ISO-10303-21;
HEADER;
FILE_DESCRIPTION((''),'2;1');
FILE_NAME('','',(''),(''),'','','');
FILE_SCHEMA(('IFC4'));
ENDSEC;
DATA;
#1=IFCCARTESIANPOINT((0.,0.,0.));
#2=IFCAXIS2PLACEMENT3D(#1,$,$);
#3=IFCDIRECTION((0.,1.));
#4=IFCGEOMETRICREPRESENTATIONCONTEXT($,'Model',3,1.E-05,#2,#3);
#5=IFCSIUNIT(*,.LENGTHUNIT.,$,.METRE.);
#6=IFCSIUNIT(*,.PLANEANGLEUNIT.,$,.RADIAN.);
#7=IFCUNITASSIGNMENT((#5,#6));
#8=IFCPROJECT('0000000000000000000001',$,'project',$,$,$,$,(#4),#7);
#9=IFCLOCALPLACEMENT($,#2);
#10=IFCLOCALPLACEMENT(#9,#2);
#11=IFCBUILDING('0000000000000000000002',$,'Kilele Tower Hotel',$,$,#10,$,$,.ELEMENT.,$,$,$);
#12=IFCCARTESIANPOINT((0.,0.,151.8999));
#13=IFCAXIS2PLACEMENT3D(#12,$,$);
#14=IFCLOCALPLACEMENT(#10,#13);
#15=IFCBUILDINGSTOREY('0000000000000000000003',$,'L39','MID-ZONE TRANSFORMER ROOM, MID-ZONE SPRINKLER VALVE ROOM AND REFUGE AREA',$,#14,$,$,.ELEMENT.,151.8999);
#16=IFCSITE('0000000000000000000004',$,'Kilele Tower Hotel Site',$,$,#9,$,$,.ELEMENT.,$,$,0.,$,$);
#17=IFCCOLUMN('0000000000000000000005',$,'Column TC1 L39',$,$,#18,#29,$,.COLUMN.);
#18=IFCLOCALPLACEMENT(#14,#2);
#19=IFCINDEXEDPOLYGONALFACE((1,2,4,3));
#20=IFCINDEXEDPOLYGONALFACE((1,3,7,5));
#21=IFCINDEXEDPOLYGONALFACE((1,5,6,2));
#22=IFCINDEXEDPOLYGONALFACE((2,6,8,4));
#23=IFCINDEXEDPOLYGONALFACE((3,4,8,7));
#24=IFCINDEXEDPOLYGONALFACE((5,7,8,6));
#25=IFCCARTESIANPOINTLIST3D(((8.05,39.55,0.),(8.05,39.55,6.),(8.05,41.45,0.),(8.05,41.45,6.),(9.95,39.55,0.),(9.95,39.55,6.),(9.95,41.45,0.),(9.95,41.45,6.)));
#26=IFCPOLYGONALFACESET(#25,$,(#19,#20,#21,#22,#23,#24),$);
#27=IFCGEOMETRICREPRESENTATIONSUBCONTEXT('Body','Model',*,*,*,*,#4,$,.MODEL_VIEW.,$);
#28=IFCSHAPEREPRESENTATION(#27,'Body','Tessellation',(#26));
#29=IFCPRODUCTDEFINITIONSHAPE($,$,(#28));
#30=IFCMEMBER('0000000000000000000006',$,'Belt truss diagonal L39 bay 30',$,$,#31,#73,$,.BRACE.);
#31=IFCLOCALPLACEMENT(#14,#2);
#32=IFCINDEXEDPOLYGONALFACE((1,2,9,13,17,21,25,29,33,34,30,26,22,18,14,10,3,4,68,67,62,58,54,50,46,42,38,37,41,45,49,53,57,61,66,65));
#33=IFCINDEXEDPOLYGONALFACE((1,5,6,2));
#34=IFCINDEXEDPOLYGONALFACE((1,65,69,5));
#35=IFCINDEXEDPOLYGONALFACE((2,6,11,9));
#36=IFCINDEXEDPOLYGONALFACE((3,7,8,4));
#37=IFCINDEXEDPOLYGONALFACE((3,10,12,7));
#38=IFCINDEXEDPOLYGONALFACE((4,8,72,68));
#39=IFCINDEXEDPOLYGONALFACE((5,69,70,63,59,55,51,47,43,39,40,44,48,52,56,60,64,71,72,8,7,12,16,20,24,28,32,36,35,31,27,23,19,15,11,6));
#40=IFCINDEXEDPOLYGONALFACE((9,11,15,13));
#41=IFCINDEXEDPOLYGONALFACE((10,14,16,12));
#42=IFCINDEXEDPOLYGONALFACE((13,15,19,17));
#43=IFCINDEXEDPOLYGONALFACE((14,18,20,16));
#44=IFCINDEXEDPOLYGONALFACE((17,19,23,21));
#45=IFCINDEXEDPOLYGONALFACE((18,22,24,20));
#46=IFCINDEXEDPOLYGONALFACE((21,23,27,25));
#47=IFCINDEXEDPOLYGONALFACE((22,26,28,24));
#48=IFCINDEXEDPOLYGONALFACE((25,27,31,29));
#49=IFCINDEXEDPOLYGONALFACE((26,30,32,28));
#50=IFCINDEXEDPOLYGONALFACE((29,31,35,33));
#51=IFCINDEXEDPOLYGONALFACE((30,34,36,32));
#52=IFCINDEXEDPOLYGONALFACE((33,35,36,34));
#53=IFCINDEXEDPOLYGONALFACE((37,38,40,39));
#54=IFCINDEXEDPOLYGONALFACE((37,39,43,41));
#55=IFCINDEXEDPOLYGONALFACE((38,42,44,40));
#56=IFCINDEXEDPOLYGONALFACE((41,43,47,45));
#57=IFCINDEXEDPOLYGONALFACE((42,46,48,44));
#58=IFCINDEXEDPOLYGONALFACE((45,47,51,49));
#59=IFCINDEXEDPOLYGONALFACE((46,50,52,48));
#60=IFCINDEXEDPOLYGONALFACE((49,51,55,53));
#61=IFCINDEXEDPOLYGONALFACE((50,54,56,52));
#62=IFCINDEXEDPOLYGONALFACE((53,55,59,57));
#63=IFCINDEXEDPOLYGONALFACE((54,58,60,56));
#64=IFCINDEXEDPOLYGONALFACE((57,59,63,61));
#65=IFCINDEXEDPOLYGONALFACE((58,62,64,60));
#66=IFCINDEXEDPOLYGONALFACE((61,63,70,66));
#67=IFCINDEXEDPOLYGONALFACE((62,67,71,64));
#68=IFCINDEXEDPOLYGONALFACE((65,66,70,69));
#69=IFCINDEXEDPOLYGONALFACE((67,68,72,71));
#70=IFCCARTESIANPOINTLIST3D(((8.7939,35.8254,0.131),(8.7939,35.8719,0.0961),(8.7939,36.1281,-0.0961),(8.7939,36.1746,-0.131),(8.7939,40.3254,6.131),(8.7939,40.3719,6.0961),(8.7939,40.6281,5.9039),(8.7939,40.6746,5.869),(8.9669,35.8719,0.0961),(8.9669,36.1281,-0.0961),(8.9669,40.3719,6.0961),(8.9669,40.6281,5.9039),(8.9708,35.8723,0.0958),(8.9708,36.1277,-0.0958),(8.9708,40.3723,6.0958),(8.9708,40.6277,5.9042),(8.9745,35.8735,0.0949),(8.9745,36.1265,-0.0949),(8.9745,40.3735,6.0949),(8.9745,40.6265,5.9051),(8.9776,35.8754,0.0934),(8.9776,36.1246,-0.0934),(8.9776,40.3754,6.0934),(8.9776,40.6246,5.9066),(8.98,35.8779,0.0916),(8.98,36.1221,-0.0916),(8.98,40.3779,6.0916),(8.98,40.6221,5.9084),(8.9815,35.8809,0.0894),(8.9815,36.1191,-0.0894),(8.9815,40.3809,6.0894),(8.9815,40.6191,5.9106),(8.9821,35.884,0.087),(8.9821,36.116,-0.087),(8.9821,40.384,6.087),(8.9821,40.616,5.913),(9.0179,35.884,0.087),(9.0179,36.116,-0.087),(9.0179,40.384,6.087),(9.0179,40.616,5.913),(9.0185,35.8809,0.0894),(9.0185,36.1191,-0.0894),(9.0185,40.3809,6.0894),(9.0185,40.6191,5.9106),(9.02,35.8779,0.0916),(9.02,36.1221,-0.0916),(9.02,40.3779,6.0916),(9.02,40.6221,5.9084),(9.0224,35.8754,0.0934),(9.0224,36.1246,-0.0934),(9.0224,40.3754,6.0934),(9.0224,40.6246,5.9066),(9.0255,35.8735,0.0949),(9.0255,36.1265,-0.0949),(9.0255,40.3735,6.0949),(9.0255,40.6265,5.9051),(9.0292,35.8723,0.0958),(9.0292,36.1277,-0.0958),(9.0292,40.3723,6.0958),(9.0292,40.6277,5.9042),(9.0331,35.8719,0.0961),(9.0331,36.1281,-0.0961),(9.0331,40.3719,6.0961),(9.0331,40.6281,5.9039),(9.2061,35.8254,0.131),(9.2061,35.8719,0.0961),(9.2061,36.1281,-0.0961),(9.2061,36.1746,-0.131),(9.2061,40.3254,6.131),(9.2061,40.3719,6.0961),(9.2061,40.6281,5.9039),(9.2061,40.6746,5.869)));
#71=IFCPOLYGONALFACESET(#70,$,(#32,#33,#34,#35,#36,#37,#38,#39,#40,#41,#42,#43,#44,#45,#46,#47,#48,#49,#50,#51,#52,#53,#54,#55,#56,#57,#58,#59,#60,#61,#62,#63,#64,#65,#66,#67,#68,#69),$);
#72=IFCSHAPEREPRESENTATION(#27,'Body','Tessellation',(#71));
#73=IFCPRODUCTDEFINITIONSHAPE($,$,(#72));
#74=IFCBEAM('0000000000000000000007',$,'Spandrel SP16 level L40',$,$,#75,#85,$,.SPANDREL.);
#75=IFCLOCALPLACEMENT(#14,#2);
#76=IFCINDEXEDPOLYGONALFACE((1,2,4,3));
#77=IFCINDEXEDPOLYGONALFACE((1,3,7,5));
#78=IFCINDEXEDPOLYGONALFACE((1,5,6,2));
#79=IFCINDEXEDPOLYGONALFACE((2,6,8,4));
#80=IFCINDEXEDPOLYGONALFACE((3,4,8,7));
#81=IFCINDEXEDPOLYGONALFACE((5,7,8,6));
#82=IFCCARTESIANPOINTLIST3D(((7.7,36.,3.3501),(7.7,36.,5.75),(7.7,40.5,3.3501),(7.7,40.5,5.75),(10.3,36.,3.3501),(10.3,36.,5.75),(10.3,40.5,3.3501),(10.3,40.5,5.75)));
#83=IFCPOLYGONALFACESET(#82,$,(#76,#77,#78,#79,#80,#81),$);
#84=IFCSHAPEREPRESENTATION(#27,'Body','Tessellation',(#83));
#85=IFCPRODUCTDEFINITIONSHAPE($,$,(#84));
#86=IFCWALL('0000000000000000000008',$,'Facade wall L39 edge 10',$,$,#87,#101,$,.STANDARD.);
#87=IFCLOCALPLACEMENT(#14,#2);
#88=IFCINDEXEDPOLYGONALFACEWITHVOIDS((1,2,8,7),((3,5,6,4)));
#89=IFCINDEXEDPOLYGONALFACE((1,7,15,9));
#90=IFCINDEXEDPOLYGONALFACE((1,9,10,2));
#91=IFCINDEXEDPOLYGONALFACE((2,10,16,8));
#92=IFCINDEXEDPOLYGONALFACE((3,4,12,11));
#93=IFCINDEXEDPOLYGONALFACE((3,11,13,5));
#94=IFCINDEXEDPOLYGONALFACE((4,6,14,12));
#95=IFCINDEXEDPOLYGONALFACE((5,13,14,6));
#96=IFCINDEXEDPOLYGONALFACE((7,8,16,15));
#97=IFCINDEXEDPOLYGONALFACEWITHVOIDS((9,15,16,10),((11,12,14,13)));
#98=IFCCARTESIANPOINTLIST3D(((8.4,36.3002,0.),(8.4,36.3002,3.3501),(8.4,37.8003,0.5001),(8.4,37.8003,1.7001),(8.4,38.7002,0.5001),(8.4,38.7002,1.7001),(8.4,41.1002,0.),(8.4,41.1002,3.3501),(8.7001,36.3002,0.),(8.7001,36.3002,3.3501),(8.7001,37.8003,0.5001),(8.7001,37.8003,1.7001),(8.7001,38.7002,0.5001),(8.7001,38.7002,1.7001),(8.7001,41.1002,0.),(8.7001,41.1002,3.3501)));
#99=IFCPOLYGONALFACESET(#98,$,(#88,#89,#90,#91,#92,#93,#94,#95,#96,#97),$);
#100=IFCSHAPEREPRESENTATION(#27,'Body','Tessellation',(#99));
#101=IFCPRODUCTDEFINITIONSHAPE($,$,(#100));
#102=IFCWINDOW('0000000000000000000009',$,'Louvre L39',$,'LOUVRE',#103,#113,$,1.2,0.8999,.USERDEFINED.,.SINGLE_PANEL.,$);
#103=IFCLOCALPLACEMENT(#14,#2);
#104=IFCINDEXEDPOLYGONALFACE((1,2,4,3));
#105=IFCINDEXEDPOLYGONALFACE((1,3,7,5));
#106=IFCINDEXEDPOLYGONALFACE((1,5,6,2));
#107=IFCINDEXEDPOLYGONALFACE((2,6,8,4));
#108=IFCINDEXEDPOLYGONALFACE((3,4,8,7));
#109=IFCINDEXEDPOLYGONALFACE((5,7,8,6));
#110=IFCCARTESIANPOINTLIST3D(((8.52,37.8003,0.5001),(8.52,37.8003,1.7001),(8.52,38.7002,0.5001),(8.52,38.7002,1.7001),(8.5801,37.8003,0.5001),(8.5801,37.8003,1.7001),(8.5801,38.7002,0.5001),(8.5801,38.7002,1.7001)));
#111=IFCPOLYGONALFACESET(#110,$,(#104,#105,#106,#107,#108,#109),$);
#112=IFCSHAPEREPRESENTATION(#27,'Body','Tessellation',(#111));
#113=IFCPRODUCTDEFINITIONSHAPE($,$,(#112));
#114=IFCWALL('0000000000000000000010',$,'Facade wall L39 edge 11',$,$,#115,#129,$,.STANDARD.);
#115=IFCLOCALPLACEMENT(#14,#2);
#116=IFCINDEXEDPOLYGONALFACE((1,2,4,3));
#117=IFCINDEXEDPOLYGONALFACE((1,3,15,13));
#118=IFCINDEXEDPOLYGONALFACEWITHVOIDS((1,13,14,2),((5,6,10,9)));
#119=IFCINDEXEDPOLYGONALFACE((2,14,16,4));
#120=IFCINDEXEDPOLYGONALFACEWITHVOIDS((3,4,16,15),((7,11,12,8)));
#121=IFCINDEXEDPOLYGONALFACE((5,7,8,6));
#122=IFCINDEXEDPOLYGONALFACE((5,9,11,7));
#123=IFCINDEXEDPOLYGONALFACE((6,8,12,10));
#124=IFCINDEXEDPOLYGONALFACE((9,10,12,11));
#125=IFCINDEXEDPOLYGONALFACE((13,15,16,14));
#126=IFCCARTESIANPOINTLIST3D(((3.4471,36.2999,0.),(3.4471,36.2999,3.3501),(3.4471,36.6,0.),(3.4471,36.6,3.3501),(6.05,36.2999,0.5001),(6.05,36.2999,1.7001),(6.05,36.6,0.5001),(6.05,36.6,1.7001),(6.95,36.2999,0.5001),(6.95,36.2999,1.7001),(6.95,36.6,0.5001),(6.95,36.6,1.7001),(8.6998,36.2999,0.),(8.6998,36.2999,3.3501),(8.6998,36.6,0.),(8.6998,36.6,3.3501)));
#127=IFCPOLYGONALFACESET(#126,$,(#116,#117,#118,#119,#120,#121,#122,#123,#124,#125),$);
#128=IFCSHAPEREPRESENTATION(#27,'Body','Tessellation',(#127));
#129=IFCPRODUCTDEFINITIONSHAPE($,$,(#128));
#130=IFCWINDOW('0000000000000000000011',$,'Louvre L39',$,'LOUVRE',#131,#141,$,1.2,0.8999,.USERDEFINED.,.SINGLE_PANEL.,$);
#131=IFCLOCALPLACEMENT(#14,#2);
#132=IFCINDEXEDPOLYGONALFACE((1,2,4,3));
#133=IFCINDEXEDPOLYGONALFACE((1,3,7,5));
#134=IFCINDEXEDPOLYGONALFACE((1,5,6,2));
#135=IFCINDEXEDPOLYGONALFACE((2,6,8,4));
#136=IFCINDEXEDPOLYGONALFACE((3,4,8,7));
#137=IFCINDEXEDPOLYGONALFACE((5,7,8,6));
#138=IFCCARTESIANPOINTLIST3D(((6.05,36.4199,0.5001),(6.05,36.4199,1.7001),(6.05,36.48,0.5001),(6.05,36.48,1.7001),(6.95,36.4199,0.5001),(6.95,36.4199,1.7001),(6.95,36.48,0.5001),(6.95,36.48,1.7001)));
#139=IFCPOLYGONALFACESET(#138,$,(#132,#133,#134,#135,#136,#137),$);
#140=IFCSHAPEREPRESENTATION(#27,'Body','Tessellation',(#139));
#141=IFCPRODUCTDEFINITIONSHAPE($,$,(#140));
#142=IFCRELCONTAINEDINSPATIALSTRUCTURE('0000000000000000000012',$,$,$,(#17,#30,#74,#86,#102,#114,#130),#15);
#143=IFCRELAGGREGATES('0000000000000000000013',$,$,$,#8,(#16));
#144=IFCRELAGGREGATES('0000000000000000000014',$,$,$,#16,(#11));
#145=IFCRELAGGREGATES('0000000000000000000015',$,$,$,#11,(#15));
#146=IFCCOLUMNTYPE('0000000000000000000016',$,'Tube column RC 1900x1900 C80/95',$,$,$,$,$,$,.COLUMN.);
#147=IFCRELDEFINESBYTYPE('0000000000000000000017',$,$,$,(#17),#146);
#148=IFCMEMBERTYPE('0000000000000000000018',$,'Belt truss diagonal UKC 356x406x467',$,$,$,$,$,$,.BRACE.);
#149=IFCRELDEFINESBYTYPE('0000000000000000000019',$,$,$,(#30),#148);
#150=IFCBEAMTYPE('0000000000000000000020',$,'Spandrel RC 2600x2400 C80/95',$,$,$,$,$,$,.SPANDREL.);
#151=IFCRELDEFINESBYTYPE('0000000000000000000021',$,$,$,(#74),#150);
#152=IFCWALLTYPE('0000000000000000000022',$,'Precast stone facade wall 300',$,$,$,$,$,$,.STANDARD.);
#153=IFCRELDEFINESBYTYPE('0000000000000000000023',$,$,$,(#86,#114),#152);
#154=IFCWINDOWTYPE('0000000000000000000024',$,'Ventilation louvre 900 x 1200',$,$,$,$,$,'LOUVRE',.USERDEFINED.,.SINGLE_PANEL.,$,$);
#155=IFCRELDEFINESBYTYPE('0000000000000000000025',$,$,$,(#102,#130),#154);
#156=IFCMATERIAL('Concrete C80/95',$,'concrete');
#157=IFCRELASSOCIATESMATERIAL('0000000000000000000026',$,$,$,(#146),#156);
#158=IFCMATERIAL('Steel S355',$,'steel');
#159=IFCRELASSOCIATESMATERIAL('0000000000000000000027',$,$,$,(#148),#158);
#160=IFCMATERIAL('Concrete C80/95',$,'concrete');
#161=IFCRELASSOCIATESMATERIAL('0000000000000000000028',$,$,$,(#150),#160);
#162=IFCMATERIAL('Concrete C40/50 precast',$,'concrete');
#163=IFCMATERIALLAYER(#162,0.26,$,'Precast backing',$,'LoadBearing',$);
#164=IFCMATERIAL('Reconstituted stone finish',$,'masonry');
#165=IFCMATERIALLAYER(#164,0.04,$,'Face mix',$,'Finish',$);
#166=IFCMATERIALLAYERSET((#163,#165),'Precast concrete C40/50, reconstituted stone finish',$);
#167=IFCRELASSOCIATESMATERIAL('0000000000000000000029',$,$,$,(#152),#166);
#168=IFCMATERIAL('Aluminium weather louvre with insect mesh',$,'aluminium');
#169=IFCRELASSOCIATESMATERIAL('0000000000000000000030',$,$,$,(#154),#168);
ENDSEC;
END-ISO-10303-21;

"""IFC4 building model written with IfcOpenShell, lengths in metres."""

from ifc_helpers import new_model, si_unit, direction, frame, frame_2d, origin, origin_2d, place, context, subcontext, project, spatial, rectangle, i_section, extrude, material, layer, layer_set, material_profile, profile_set, type_object, element, fill, save


model = new_model("IFC4")

# Units and contexts
model_context = context("Model", 3, precision=1e-05, world=origin(), true_north=direction((0.0, 1.0)))
body_context = subcontext(model_context, "Body", "Model", "MODEL_VIEW")
ifc_project = project(units=[si_unit("LENGTHUNIT", "METRE"), si_unit("PLANEANGLEUNIT", "RADIAN")], contexts=[model_context])

# Site, building, storey
site_placement = place(None, origin())
site = spatial("IfcSite", under=ifc_project, at=site_placement, Name="Kilele Tower Hotel Site", CompositionType="ELEMENT", RefElevation=0.0)
building_placement = place(site_placement, origin())
building = spatial("IfcBuilding", under=site, at=building_placement, Name="Kilele Tower Hotel", CompositionType="ELEMENT")
storey_placement = place(building_placement, frame((0.0, 0.0, 151.8999)))
storey = spatial("IfcBuildingStorey", under=building, at=storey_placement, Name="L39", Description="MID-ZONE TRANSFORMER ROOM, MID-ZONE SPRINKLER VALVE ROOM AND REFUGE AREA", CompositionType="ELEMENT", Elevation=151.8999)

# Column
ifc_material_1 = material(Name="Concrete C80/95", Category="concrete")
ifc_material_profile_1 = material_profile(ifc_material_1, rectangle(XDim=1.8999, YDim=1.8999, at=origin_2d()))
ifc_profile_set_1 = profile_set([ifc_material_profile_1], Name="Concrete C80/95")
column_type = type_object("IfcColumnType", Name="Tube column RC 1900x1900 C80/95", PredefinedType="COLUMN", material=ifc_profile_set_1)
column_placement = place(storey_placement, frame((9.0, 40.5, 0.0), z_axis=(0.0, 0.0, 1.0), x_axis=(1.0, 0.0, 0.0)))
element("IfcColumn", 1, at=column_placement, inside=storey, type_object=column_type, Name="Column TC1 L39", PredefinedType="COLUMN", context=body_context, shape_type="SweptSolid", body=[
    extrude(rectangle(XDim=1.8999, YDim=1.8999, at=origin_2d()), origin(), (0.0, 0.0, 1.0), 6.0),
])

# Member
ifc_material_2 = material(Name="Steel S355", Category="steel")
ifc_material_profile_2 = material_profile(ifc_material_2, i_section(OverallWidth=0.4121, OverallDepth=0.4365, WebThickness=0.0359, FlangeThickness=0.0581, FilletRadius=0.0151, at=origin_2d()))
ifc_profile_set_2 = profile_set([ifc_material_profile_2], Name="Steel S355")
member_type = type_object("IfcMemberType", Name="Belt truss diagonal UKC 356x406x467", PredefinedType="BRACE", material=ifc_profile_set_2)
member_placement = place(storey_placement, frame((9.0, 40.5, 6.0), z_axis=(0.0, -0.6, -0.8), x_axis=(1.0, 0.0, 0.0)))
element("IfcMember", 2, at=member_placement, inside=storey, type_object=member_type, Name="Belt truss diagonal L39 bay 30", PredefinedType="BRACE", context=body_context, shape_type="SweptSolid", body=[
    extrude(i_section(OverallWidth=0.4121, OverallDepth=0.4365, WebThickness=0.0359, FlangeThickness=0.0581, FilletRadius=0.0151, at=origin_2d()), origin(), (0.0, 0.0, 1.0), 7.5),
])

# Beam
ifc_material_3 = material(Name="Concrete C80/95", Category="concrete")
ifc_material_profile_3 = material_profile(ifc_material_3, rectangle(XDim=2.6001, YDim=2.3999, at=origin_2d()))
ifc_profile_set_3 = profile_set([ifc_material_profile_3], Name="Concrete C80/95")
beam_type = type_object("IfcBeamType", Name="Spandrel RC 2600x2400 C80/95", PredefinedType="SPANDREL", material=ifc_profile_set_3)
beam_placement = place(storey_placement, frame((9.0, 40.5, 4.55), z_axis=(0.0, -1.0, 0.0), x_axis=(1.0, 0.0, 0.0)))
element("IfcBeam", 3, at=beam_placement, inside=storey, type_object=beam_type, Name="Spandrel SP16 level L40", PredefinedType="SPANDREL", context=body_context, shape_type="SweptSolid", body=[
    extrude(rectangle(XDim=2.6001, YDim=2.3999, at=origin_2d()), origin(), (0.0, 0.0, 1.0), 4.5),
])

# Walls, openings, windows
ifc_material_4 = material(Name="Concrete C40/50 precast", Category="concrete")
ifc_layer_1 = layer(ifc_material_4, 0.26, Name="Precast backing", Category="LoadBearing")
ifc_material_5 = material(Name="Reconstituted stone finish", Category="masonry")
ifc_layer_2 = layer(ifc_material_5, 0.04, Name="Face mix", Category="Finish")
ifc_layer_set_1 = layer_set([ifc_layer_1, ifc_layer_2], Name="Precast concrete C40/50, reconstituted stone finish")
wall_type = type_object("IfcWallType", Name="Precast stone facade wall 300", PredefinedType="STANDARD", material=ifc_layer_set_1)
wall_1_placement = place(storey_placement, frame((8.55, 41.1001, 0.0), z_axis=(0.0, 0.0, 1.0), x_axis=(0.0, -1.0, 0.0)))
wall_1 = element("IfcWall", 4, at=wall_1_placement, inside=storey, type_object=wall_type, Name="Facade wall L39 edge 10", PredefinedType="STANDARD", context=body_context, shape_type="SweptSolid", body=[
    extrude(rectangle(XDim=4.8, YDim=0.3, at=frame_2d((2.3999, 0.0))), origin(), (0.0, 0.0, 1.0), 3.3501),
])
opening_1_placement = place(wall_1_placement, frame((2.3999, 0.0, 0.5)))
opening_1 = element("IfcOpeningElement", 5, at=opening_1_placement, cuts=wall_1, PredefinedType="OPENING", context=body_context, shape_type="SweptSolid", body=[
    extrude(rectangle(XDim=0.8999, YDim=1.2, at=frame_2d((0.45, 0.6001))), frame((0.0, 0.1599, 0.0), z_axis=(0.0, -1.0, 0.0), x_axis=(1.0, 0.0, 0.0)), (0.0, 0.0, 1.0), 0.3201),
])
ifc_material_6 = material(Name="Aluminium weather louvre with insect mesh", Category="aluminium")
window_type = type_object("IfcWindowType", Name="Ventilation louvre 900 x 1200", ElementType="LOUVRE", PartitioningType="SINGLE_PANEL", PredefinedType="USERDEFINED", material=ifc_material_6)
window_1_placement = place(opening_1_placement, origin())
window_1 = element("IfcWindow", 6, at=window_1_placement, inside=storey, type_object=window_type, Name="Louvre L39", ObjectType="LOUVRE", OverallHeight=1.2, OverallWidth=0.8999, PartitioningType="SINGLE_PANEL", PredefinedType="USERDEFINED", context=body_context, shape_type="SweptSolid", body=[
    extrude(rectangle(XDim=0.8999, YDim=1.2, at=frame_2d((0.45, 0.6001))), frame((0.0, 0.03, 0.0), z_axis=(0.0, -1.0, 0.0), x_axis=(1.0, 0.0, 0.0)), (0.0, 0.0, 1.0), 0.0601),
])
fill(opening_1, window_1)
wall_2_placement = place(storey_placement, frame((8.7, 36.45, 0.0), z_axis=(0.0, 0.0, 1.0), x_axis=(-1.0, 0.0, 0.0)))
wall_2 = element("IfcWall", 7, at=wall_2_placement, inside=storey, type_object=wall_type, Name="Facade wall L39 edge 11", PredefinedType="STANDARD", context=body_context, shape_type="SweptSolid", body=[
    extrude(rectangle(XDim=5.2527, YDim=0.3, at=frame_2d((2.6265, 0.0))), origin(), (0.0, 0.0, 1.0), 3.3501),
])
opening_2_placement = place(wall_2_placement, frame((1.75, 0.0, 0.5)))
opening_2 = element("IfcOpeningElement", 8, at=opening_2_placement, cuts=wall_2, PredefinedType="OPENING", context=body_context, shape_type="SweptSolid", body=[
    extrude(rectangle(XDim=0.8999, YDim=1.2, at=frame_2d((0.45, 0.6001))), frame((0.0, 0.1599, 0.0), z_axis=(0.0, -1.0, 0.0), x_axis=(1.0, 0.0, 0.0)), (0.0, 0.0, 1.0), 0.3201),
])
window_2_placement = place(opening_2_placement, origin())
window_2 = element("IfcWindow", 9, at=window_2_placement, inside=storey, type_object=window_type, Name="Louvre L39", ObjectType="LOUVRE", OverallHeight=1.2, OverallWidth=0.8999, PartitioningType="SINGLE_PANEL", PredefinedType="USERDEFINED", context=body_context, shape_type="SweptSolid", body=[
    extrude(rectangle(XDim=0.8999, YDim=1.2, at=frame_2d((0.45, 0.6001))), frame((0.0, 0.03, 0.0), z_axis=(0.0, -1.0, 0.0), x_axis=(1.0, 0.0, 0.0)), (0.0, 0.0, 1.0), 0.0601),
])
fill(opening_2, window_2)

save(model, "model.ifc")
